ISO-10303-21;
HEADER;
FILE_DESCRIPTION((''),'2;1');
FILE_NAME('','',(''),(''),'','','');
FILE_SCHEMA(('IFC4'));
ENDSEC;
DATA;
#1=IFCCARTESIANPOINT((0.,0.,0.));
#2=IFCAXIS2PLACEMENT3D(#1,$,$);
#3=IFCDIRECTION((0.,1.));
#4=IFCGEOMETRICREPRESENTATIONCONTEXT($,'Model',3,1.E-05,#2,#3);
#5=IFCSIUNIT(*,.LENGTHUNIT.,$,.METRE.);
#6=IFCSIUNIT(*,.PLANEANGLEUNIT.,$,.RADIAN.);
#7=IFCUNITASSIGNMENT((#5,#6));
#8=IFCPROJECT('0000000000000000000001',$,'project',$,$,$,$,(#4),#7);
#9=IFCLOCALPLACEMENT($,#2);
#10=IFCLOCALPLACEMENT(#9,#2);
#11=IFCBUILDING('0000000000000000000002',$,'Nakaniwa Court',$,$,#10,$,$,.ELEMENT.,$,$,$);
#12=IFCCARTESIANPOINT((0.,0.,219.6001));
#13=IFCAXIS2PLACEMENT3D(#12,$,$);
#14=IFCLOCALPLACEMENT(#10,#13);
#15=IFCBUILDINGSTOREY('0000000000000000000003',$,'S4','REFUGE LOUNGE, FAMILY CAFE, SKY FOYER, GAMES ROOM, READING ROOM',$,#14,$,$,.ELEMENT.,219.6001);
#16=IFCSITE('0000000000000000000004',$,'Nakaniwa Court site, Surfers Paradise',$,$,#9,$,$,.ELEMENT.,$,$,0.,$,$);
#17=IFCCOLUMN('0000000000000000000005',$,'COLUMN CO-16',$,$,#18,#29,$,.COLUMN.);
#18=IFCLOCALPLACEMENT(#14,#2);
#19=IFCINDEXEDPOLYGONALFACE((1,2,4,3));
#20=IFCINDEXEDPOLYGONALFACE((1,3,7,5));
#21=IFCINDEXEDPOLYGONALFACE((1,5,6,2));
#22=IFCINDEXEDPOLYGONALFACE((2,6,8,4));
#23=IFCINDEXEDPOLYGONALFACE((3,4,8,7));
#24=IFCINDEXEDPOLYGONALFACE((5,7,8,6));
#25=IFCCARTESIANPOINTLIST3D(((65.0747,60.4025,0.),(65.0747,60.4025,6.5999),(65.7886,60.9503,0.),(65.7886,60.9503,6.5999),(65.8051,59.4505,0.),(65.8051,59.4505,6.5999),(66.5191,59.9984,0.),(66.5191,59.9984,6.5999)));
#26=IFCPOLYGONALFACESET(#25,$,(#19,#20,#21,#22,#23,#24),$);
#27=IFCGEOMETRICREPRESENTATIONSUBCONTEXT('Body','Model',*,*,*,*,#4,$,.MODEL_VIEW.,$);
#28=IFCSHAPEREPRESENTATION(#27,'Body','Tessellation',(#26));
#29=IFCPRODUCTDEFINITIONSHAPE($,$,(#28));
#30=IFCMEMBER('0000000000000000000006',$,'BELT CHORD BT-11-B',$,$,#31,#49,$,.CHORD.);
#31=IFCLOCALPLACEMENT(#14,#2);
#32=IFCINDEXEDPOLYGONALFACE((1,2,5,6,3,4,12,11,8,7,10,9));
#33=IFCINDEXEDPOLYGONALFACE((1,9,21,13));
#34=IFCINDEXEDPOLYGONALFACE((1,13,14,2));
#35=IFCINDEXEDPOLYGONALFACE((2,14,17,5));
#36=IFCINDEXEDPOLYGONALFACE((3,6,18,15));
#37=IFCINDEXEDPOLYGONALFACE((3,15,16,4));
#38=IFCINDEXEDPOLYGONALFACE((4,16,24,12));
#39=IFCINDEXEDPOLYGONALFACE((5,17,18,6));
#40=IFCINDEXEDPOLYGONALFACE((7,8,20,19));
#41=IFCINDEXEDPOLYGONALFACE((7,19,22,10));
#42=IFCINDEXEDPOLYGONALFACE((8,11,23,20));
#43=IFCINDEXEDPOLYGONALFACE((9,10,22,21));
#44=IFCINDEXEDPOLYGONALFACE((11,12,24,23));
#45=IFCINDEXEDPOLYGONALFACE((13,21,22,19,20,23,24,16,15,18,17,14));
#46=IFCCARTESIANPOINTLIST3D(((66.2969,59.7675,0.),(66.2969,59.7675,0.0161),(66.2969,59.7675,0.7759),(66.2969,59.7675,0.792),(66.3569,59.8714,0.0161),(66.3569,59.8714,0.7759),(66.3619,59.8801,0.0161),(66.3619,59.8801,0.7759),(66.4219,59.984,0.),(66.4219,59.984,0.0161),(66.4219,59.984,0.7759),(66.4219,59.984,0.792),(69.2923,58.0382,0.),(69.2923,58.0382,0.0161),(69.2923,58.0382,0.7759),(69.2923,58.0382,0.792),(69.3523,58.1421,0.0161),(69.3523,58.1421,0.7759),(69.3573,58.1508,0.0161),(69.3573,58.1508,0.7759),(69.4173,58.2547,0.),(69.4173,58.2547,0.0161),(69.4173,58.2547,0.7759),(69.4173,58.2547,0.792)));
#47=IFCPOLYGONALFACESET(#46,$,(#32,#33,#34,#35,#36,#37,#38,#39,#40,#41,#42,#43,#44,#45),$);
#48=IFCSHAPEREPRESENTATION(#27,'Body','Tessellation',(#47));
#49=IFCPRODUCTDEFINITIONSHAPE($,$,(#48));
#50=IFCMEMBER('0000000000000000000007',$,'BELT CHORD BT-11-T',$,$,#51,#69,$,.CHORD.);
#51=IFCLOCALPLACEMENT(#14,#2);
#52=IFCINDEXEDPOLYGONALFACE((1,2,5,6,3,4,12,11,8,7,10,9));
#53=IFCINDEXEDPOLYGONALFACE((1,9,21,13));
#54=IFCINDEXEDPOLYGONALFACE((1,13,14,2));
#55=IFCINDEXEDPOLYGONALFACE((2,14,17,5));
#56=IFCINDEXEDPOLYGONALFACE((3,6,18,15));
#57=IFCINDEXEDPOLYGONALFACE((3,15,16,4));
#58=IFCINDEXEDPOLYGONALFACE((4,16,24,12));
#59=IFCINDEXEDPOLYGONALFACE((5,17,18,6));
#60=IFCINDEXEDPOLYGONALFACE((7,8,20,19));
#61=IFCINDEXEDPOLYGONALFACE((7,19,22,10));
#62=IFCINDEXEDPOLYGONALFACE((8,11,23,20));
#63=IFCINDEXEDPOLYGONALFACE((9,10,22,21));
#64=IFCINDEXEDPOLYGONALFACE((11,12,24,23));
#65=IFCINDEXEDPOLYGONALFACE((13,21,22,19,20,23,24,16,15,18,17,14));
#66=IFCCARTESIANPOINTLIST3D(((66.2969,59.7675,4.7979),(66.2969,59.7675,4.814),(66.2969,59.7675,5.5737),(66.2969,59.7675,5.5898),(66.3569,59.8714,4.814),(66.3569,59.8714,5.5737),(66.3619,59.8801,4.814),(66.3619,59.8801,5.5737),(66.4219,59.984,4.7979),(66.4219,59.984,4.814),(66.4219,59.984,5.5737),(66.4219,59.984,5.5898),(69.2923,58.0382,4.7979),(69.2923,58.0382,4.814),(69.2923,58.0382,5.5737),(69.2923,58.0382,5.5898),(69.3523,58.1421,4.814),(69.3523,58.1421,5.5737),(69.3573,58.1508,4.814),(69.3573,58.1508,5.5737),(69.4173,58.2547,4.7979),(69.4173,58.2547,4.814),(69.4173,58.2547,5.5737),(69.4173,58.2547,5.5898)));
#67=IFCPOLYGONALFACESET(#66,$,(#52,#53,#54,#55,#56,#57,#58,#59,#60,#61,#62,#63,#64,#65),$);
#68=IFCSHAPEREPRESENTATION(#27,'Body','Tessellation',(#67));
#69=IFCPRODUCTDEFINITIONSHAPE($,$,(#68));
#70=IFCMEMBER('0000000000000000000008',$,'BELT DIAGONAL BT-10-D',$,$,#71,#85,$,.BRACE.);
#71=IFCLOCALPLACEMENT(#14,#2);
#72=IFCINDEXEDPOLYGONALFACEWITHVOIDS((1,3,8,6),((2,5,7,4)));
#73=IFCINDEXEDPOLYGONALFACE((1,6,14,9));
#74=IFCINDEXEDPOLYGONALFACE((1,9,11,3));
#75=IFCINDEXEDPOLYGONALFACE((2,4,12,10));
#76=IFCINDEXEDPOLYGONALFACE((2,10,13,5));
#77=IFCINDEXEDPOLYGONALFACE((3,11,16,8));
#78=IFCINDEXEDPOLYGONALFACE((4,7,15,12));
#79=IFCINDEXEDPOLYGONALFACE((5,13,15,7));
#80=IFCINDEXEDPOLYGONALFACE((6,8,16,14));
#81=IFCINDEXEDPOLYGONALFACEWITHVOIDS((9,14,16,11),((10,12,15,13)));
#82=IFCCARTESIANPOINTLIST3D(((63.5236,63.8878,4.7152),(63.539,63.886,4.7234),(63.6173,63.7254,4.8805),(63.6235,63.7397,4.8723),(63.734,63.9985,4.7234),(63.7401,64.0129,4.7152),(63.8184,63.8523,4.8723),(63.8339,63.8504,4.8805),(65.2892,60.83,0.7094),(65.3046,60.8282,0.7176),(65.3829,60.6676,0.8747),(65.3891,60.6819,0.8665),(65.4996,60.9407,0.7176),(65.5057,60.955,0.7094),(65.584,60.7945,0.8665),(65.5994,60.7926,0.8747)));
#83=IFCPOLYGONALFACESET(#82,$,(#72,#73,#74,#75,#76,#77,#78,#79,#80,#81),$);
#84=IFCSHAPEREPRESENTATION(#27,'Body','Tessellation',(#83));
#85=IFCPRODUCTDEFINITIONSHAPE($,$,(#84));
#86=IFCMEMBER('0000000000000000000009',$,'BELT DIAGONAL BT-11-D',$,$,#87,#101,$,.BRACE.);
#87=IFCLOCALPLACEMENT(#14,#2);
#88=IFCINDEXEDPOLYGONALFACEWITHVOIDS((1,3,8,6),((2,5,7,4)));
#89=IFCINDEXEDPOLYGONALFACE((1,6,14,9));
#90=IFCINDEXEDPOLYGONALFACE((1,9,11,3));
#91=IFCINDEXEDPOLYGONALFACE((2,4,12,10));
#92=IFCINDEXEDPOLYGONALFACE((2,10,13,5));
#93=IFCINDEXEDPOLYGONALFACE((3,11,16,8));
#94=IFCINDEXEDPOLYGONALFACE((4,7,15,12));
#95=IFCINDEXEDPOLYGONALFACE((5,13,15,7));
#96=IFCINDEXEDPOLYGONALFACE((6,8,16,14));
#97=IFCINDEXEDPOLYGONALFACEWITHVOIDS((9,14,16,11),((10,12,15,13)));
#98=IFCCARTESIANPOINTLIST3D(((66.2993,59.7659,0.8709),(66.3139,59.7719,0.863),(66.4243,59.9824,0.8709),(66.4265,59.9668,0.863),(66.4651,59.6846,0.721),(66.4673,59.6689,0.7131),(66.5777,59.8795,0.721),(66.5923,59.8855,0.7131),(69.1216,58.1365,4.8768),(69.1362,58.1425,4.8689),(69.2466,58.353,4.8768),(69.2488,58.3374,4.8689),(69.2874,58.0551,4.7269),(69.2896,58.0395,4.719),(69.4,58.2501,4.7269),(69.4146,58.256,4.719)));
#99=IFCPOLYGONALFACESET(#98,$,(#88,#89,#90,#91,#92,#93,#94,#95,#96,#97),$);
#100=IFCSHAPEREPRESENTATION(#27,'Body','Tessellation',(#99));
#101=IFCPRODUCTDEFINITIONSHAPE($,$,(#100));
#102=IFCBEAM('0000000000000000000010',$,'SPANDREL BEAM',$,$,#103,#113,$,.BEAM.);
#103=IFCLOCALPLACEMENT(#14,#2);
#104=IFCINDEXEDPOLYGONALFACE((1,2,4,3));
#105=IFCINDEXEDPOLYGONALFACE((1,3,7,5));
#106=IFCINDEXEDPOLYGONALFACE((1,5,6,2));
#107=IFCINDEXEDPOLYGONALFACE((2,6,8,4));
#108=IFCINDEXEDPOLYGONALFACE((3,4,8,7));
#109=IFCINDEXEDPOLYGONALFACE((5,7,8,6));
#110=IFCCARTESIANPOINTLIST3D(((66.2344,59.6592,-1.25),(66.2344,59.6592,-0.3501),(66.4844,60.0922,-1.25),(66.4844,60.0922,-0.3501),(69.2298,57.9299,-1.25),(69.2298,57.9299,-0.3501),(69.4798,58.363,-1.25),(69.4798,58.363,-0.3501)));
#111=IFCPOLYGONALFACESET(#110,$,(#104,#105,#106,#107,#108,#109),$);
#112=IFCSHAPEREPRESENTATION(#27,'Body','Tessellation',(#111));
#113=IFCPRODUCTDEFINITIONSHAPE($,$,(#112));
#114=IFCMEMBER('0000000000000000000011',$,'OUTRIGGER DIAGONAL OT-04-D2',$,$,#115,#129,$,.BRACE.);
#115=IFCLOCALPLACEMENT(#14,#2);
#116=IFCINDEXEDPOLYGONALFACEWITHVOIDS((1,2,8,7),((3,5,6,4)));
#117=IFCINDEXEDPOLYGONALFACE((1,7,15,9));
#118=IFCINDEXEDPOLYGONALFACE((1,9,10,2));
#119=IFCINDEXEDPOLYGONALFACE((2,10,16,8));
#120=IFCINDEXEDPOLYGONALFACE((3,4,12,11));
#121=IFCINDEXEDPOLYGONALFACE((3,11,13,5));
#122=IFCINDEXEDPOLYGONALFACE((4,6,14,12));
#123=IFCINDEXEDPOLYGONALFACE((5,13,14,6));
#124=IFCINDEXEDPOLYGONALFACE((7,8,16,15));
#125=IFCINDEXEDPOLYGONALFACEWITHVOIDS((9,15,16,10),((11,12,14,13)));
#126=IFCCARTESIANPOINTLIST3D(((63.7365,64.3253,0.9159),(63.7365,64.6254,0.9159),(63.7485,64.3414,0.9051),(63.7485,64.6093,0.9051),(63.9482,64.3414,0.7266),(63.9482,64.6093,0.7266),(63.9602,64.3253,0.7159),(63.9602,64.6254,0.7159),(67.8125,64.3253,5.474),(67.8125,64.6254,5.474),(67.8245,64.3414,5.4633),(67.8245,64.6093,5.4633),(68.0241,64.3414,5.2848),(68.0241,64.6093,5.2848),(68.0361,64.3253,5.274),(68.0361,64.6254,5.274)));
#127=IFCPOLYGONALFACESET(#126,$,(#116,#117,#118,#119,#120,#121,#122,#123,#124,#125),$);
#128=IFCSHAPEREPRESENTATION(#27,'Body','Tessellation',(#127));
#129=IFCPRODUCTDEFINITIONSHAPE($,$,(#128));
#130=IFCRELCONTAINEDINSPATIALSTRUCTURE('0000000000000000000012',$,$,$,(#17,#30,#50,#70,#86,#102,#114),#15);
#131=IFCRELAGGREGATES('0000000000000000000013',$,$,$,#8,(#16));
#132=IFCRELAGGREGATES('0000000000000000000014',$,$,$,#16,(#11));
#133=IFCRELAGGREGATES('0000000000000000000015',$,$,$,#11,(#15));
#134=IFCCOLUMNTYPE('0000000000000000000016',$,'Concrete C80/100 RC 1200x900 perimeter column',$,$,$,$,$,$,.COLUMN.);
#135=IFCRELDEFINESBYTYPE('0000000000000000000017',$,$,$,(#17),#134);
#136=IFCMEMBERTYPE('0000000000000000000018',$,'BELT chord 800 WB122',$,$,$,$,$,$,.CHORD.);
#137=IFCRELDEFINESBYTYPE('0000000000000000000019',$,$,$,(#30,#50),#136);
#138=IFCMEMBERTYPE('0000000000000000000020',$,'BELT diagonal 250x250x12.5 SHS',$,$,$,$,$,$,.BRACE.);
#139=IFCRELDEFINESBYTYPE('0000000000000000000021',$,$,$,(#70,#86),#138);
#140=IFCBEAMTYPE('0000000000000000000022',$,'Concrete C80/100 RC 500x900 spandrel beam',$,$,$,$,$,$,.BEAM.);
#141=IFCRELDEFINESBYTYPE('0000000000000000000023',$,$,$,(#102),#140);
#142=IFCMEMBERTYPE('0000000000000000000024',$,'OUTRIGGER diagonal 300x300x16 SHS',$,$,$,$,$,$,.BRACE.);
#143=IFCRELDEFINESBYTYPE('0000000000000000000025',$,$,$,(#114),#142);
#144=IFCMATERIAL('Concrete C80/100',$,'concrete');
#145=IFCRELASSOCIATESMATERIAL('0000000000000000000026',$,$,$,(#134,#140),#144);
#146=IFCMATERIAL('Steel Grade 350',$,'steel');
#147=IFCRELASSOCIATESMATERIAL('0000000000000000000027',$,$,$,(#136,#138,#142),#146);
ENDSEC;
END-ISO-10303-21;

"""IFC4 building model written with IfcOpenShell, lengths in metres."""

from ifc_helpers import new_model, si_unit, direction, frame, origin, origin_2d, place, context, subcontext, project, spatial, rectangle, hollow_rectangle, i_section, extrude, material, material_profile, profile_set, type_object, element, save


model = new_model("IFC4")

# Units and contexts
model_context = context("Model", 3, precision=1e-05, world=origin(), true_north=direction((0.0, 1.0)))
body_context = subcontext(model_context, "Body", "Model", "MODEL_VIEW")
ifc_project = project(units=[si_unit("LENGTHUNIT", "METRE"), si_unit("PLANEANGLEUNIT", "RADIAN")], contexts=[model_context])

# Site, building, storey
site_placement = place(None, origin())
site = spatial("IfcSite", under=ifc_project, at=site_placement, Name="Nakaniwa Court site, Surfers Paradise", CompositionType="ELEMENT", RefElevation=0.0)
building_placement = place(site_placement, origin())
building = spatial("IfcBuilding", under=site, at=building_placement, Name="Nakaniwa Court", CompositionType="ELEMENT")
storey_placement = place(building_placement, frame((0.0, 0.0, 219.6001)))
storey = spatial("IfcBuildingStorey", under=building, at=storey_placement, Name="S4", Description="REFUGE LOUNGE, FAMILY CAFE, SKY FOYER, GAMES ROOM, READING ROOM", CompositionType="ELEMENT", Elevation=219.6001)

# Column
ifc_material_1 = material(Name="Concrete C80/100", Category="concrete")
ifc_material_profile_1 = material_profile(ifc_material_1, rectangle(XDim=1.2, YDim=0.8999, at=origin_2d()), Name="Concrete C80/100 RC 1200x900 perimeter column")
ifc_profile_set_1 = profile_set([ifc_material_profile_1], Name="Concrete C80/100")
column_type = type_object("IfcColumnType", Name="Concrete C80/100 RC 1200x900 perimeter column", PredefinedType="COLUMN", material=ifc_profile_set_1)
column_placement = place(storey_placement, frame((65.7969, 60.2004, 0.0), z_axis=(0.0, 0.0, 1.0), x_axis=(0.608761, -0.793353, 0.0)))
element("IfcColumn", 1, at=column_placement, inside=storey, type_object=column_type, Name="COLUMN CO-16", PredefinedType="COLUMN", context=body_context, shape_type="SweptSolid", body=[
    extrude(rectangle(XDim=1.2, YDim=0.8999, at=origin_2d()), origin(), (0.0, 0.0, 1.0), 6.5999),
])

# Members
ifc_material_2 = material(Name="Steel Grade 350", Category="steel")
ifc_material_profile_2 = material_profile(ifc_material_2, i_section(OverallWidth=0.25, OverallDepth=0.792, WebThickness=0.01, FlangeThickness=0.0161, at=origin_2d()), Name="800WB122")
ifc_profile_set_2 = profile_set([ifc_material_profile_2], Name="Steel Grade 350")
member_type_1 = type_object("IfcMemberType", Name="BELT chord 800 WB122", PredefinedType="CHORD", material=ifc_profile_set_2)
for number, where, z_axis, x_axis, name in (
    (2, (66.3594, 59.8757, 0.396), (0.866041, -0.499973, 0.0), (0.499973, 0.866041, 0.0), "BELT CHORD BT-11-B"),
    (3, (66.3594, 59.8757, 5.1938), (0.866041, -0.499973, 0.0), (0.499973, 0.866041, 0.0), "BELT CHORD BT-11-T"),
):
    element("IfcMember", number, at=place(storey_placement, frame(where, z_axis=z_axis, x_axis=x_axis)), inside=storey, type_object=member_type_1, Name=name, PredefinedType="CHORD", context=body_context, shape_type="SweptSolid", body=[
        extrude(i_section(OverallWidth=0.25, OverallDepth=0.792, WebThickness=0.01, FlangeThickness=0.0161, at=origin_2d()), origin(), (0.0, 0.0, 1.0), 3.4587),
    ])
ifc_material_profile_3 = material_profile(ifc_material_2, hollow_rectangle(XDim=0.25, YDim=0.25, WallThickness=0.0125, at=origin_2d()), Name="BELT diagonal 250x250x12.5 SHS")
ifc_profile_set_3 = profile_set([ifc_material_profile_3], Name="Steel Grade 350")
member_type_2 = type_object("IfcMemberType", Name="BELT diagonal 250x250x12.5 SHS", PredefinedType="BRACE", material=ifc_profile_set_3)
member_1_placement = place(storey_placement, frame((63.6787, 63.8691, 4.7979), z_axis=(0.330646, -0.572641, -0.750171), x_axis=(0.866005, 0.500036, 0.0)))
element("IfcMember", 4, at=member_1_placement, inside=storey, type_object=member_type_2, Name="BELT DIAGONAL BT-10-D", PredefinedType="BRACE", context=body_context, shape_type="SweptSolid", body=[
    extrude(hollow_rectangle(XDim=0.25, YDim=0.25, WallThickness=0.0125, at=origin_2d()), origin(), (0.0, 0.0, 1.0), 5.3398),
])
member_2_placement = place(storey_placement, frame((66.4458, 59.8257, 0.792), z_axis=(0.546526, -0.315529, 0.775726), x_axis=(0.49999, 0.866031, 0.0)))
element("IfcMember", 5, at=member_2_placement, inside=storey, type_object=member_type_2, Name="BELT DIAGONAL BT-11-D", PredefinedType="BRACE", context=body_context, shape_type="SweptSolid", body=[
    extrude(hollow_rectangle(XDim=0.25, YDim=0.25, WallThickness=0.0125, at=origin_2d()), origin(), (0.0, 0.0, 1.0), 5.1641),
])

# Beam
ifc_material_profile_4 = material_profile(ifc_material_1, rectangle(XDim=0.5, YDim=0.8999, at=origin_2d()), Name="Concrete C80/100 RC 500x900 spandrel beam")
ifc_profile_set_4 = profile_set([ifc_material_profile_4], Name="Concrete C80/100")
beam_type = type_object("IfcBeamType", Name="Concrete C80/100 RC 500x900 spandrel beam", PredefinedType="BEAM", material=ifc_profile_set_4)
beam_placement = place(storey_placement, frame((66.3594, 59.8757, -0.8), z_axis=(0.866041, -0.499973, 0.0), x_axis=(0.499973, 0.866041, 0.0)))
element("IfcBeam", 6, at=beam_placement, inside=storey, type_object=beam_type, Name="SPANDREL BEAM", PredefinedType="BEAM", context=body_context, shape_type="SweptSolid", body=[
    extrude(rectangle(XDim=0.5, YDim=0.8999, at=origin_2d()), origin(), (0.0, 0.0, 1.0), 3.4587),
])

# Member
ifc_material_profile_5 = material_profile(ifc_material_2, hollow_rectangle(XDim=0.3, YDim=0.3, WallThickness=0.0161, at=origin_2d()), Name="OUTRIGGER diagonal 300x300x16 SHS")
ifc_profile_set_5 = profile_set([ifc_material_profile_5], Name="Steel Grade 350")
member_type_3 = type_object("IfcMemberType", Name="OUTRIGGER diagonal 300x300x16 SHS", PredefinedType="BRACE", material=ifc_profile_set_5)
member_3_placement = place(storey_placement, frame((67.9243, 64.4753, 5.374), z_axis=(-0.666579, 0.0, -0.745434), x_axis=(0.0, -1.0, 0.0)))
element("IfcMember", 7, at=member_3_placement, inside=storey, type_object=member_type_3, Name="OUTRIGGER DIAGONAL OT-04-D2", PredefinedType="BRACE", context=body_context, shape_type="SweptSolid", body=[
    extrude(hollow_rectangle(XDim=0.3, YDim=0.3, WallThickness=0.0161, at=origin_2d()), origin(), (0.0, 0.0, 1.0), 6.1147),
])

save(model, "model.ifc")
